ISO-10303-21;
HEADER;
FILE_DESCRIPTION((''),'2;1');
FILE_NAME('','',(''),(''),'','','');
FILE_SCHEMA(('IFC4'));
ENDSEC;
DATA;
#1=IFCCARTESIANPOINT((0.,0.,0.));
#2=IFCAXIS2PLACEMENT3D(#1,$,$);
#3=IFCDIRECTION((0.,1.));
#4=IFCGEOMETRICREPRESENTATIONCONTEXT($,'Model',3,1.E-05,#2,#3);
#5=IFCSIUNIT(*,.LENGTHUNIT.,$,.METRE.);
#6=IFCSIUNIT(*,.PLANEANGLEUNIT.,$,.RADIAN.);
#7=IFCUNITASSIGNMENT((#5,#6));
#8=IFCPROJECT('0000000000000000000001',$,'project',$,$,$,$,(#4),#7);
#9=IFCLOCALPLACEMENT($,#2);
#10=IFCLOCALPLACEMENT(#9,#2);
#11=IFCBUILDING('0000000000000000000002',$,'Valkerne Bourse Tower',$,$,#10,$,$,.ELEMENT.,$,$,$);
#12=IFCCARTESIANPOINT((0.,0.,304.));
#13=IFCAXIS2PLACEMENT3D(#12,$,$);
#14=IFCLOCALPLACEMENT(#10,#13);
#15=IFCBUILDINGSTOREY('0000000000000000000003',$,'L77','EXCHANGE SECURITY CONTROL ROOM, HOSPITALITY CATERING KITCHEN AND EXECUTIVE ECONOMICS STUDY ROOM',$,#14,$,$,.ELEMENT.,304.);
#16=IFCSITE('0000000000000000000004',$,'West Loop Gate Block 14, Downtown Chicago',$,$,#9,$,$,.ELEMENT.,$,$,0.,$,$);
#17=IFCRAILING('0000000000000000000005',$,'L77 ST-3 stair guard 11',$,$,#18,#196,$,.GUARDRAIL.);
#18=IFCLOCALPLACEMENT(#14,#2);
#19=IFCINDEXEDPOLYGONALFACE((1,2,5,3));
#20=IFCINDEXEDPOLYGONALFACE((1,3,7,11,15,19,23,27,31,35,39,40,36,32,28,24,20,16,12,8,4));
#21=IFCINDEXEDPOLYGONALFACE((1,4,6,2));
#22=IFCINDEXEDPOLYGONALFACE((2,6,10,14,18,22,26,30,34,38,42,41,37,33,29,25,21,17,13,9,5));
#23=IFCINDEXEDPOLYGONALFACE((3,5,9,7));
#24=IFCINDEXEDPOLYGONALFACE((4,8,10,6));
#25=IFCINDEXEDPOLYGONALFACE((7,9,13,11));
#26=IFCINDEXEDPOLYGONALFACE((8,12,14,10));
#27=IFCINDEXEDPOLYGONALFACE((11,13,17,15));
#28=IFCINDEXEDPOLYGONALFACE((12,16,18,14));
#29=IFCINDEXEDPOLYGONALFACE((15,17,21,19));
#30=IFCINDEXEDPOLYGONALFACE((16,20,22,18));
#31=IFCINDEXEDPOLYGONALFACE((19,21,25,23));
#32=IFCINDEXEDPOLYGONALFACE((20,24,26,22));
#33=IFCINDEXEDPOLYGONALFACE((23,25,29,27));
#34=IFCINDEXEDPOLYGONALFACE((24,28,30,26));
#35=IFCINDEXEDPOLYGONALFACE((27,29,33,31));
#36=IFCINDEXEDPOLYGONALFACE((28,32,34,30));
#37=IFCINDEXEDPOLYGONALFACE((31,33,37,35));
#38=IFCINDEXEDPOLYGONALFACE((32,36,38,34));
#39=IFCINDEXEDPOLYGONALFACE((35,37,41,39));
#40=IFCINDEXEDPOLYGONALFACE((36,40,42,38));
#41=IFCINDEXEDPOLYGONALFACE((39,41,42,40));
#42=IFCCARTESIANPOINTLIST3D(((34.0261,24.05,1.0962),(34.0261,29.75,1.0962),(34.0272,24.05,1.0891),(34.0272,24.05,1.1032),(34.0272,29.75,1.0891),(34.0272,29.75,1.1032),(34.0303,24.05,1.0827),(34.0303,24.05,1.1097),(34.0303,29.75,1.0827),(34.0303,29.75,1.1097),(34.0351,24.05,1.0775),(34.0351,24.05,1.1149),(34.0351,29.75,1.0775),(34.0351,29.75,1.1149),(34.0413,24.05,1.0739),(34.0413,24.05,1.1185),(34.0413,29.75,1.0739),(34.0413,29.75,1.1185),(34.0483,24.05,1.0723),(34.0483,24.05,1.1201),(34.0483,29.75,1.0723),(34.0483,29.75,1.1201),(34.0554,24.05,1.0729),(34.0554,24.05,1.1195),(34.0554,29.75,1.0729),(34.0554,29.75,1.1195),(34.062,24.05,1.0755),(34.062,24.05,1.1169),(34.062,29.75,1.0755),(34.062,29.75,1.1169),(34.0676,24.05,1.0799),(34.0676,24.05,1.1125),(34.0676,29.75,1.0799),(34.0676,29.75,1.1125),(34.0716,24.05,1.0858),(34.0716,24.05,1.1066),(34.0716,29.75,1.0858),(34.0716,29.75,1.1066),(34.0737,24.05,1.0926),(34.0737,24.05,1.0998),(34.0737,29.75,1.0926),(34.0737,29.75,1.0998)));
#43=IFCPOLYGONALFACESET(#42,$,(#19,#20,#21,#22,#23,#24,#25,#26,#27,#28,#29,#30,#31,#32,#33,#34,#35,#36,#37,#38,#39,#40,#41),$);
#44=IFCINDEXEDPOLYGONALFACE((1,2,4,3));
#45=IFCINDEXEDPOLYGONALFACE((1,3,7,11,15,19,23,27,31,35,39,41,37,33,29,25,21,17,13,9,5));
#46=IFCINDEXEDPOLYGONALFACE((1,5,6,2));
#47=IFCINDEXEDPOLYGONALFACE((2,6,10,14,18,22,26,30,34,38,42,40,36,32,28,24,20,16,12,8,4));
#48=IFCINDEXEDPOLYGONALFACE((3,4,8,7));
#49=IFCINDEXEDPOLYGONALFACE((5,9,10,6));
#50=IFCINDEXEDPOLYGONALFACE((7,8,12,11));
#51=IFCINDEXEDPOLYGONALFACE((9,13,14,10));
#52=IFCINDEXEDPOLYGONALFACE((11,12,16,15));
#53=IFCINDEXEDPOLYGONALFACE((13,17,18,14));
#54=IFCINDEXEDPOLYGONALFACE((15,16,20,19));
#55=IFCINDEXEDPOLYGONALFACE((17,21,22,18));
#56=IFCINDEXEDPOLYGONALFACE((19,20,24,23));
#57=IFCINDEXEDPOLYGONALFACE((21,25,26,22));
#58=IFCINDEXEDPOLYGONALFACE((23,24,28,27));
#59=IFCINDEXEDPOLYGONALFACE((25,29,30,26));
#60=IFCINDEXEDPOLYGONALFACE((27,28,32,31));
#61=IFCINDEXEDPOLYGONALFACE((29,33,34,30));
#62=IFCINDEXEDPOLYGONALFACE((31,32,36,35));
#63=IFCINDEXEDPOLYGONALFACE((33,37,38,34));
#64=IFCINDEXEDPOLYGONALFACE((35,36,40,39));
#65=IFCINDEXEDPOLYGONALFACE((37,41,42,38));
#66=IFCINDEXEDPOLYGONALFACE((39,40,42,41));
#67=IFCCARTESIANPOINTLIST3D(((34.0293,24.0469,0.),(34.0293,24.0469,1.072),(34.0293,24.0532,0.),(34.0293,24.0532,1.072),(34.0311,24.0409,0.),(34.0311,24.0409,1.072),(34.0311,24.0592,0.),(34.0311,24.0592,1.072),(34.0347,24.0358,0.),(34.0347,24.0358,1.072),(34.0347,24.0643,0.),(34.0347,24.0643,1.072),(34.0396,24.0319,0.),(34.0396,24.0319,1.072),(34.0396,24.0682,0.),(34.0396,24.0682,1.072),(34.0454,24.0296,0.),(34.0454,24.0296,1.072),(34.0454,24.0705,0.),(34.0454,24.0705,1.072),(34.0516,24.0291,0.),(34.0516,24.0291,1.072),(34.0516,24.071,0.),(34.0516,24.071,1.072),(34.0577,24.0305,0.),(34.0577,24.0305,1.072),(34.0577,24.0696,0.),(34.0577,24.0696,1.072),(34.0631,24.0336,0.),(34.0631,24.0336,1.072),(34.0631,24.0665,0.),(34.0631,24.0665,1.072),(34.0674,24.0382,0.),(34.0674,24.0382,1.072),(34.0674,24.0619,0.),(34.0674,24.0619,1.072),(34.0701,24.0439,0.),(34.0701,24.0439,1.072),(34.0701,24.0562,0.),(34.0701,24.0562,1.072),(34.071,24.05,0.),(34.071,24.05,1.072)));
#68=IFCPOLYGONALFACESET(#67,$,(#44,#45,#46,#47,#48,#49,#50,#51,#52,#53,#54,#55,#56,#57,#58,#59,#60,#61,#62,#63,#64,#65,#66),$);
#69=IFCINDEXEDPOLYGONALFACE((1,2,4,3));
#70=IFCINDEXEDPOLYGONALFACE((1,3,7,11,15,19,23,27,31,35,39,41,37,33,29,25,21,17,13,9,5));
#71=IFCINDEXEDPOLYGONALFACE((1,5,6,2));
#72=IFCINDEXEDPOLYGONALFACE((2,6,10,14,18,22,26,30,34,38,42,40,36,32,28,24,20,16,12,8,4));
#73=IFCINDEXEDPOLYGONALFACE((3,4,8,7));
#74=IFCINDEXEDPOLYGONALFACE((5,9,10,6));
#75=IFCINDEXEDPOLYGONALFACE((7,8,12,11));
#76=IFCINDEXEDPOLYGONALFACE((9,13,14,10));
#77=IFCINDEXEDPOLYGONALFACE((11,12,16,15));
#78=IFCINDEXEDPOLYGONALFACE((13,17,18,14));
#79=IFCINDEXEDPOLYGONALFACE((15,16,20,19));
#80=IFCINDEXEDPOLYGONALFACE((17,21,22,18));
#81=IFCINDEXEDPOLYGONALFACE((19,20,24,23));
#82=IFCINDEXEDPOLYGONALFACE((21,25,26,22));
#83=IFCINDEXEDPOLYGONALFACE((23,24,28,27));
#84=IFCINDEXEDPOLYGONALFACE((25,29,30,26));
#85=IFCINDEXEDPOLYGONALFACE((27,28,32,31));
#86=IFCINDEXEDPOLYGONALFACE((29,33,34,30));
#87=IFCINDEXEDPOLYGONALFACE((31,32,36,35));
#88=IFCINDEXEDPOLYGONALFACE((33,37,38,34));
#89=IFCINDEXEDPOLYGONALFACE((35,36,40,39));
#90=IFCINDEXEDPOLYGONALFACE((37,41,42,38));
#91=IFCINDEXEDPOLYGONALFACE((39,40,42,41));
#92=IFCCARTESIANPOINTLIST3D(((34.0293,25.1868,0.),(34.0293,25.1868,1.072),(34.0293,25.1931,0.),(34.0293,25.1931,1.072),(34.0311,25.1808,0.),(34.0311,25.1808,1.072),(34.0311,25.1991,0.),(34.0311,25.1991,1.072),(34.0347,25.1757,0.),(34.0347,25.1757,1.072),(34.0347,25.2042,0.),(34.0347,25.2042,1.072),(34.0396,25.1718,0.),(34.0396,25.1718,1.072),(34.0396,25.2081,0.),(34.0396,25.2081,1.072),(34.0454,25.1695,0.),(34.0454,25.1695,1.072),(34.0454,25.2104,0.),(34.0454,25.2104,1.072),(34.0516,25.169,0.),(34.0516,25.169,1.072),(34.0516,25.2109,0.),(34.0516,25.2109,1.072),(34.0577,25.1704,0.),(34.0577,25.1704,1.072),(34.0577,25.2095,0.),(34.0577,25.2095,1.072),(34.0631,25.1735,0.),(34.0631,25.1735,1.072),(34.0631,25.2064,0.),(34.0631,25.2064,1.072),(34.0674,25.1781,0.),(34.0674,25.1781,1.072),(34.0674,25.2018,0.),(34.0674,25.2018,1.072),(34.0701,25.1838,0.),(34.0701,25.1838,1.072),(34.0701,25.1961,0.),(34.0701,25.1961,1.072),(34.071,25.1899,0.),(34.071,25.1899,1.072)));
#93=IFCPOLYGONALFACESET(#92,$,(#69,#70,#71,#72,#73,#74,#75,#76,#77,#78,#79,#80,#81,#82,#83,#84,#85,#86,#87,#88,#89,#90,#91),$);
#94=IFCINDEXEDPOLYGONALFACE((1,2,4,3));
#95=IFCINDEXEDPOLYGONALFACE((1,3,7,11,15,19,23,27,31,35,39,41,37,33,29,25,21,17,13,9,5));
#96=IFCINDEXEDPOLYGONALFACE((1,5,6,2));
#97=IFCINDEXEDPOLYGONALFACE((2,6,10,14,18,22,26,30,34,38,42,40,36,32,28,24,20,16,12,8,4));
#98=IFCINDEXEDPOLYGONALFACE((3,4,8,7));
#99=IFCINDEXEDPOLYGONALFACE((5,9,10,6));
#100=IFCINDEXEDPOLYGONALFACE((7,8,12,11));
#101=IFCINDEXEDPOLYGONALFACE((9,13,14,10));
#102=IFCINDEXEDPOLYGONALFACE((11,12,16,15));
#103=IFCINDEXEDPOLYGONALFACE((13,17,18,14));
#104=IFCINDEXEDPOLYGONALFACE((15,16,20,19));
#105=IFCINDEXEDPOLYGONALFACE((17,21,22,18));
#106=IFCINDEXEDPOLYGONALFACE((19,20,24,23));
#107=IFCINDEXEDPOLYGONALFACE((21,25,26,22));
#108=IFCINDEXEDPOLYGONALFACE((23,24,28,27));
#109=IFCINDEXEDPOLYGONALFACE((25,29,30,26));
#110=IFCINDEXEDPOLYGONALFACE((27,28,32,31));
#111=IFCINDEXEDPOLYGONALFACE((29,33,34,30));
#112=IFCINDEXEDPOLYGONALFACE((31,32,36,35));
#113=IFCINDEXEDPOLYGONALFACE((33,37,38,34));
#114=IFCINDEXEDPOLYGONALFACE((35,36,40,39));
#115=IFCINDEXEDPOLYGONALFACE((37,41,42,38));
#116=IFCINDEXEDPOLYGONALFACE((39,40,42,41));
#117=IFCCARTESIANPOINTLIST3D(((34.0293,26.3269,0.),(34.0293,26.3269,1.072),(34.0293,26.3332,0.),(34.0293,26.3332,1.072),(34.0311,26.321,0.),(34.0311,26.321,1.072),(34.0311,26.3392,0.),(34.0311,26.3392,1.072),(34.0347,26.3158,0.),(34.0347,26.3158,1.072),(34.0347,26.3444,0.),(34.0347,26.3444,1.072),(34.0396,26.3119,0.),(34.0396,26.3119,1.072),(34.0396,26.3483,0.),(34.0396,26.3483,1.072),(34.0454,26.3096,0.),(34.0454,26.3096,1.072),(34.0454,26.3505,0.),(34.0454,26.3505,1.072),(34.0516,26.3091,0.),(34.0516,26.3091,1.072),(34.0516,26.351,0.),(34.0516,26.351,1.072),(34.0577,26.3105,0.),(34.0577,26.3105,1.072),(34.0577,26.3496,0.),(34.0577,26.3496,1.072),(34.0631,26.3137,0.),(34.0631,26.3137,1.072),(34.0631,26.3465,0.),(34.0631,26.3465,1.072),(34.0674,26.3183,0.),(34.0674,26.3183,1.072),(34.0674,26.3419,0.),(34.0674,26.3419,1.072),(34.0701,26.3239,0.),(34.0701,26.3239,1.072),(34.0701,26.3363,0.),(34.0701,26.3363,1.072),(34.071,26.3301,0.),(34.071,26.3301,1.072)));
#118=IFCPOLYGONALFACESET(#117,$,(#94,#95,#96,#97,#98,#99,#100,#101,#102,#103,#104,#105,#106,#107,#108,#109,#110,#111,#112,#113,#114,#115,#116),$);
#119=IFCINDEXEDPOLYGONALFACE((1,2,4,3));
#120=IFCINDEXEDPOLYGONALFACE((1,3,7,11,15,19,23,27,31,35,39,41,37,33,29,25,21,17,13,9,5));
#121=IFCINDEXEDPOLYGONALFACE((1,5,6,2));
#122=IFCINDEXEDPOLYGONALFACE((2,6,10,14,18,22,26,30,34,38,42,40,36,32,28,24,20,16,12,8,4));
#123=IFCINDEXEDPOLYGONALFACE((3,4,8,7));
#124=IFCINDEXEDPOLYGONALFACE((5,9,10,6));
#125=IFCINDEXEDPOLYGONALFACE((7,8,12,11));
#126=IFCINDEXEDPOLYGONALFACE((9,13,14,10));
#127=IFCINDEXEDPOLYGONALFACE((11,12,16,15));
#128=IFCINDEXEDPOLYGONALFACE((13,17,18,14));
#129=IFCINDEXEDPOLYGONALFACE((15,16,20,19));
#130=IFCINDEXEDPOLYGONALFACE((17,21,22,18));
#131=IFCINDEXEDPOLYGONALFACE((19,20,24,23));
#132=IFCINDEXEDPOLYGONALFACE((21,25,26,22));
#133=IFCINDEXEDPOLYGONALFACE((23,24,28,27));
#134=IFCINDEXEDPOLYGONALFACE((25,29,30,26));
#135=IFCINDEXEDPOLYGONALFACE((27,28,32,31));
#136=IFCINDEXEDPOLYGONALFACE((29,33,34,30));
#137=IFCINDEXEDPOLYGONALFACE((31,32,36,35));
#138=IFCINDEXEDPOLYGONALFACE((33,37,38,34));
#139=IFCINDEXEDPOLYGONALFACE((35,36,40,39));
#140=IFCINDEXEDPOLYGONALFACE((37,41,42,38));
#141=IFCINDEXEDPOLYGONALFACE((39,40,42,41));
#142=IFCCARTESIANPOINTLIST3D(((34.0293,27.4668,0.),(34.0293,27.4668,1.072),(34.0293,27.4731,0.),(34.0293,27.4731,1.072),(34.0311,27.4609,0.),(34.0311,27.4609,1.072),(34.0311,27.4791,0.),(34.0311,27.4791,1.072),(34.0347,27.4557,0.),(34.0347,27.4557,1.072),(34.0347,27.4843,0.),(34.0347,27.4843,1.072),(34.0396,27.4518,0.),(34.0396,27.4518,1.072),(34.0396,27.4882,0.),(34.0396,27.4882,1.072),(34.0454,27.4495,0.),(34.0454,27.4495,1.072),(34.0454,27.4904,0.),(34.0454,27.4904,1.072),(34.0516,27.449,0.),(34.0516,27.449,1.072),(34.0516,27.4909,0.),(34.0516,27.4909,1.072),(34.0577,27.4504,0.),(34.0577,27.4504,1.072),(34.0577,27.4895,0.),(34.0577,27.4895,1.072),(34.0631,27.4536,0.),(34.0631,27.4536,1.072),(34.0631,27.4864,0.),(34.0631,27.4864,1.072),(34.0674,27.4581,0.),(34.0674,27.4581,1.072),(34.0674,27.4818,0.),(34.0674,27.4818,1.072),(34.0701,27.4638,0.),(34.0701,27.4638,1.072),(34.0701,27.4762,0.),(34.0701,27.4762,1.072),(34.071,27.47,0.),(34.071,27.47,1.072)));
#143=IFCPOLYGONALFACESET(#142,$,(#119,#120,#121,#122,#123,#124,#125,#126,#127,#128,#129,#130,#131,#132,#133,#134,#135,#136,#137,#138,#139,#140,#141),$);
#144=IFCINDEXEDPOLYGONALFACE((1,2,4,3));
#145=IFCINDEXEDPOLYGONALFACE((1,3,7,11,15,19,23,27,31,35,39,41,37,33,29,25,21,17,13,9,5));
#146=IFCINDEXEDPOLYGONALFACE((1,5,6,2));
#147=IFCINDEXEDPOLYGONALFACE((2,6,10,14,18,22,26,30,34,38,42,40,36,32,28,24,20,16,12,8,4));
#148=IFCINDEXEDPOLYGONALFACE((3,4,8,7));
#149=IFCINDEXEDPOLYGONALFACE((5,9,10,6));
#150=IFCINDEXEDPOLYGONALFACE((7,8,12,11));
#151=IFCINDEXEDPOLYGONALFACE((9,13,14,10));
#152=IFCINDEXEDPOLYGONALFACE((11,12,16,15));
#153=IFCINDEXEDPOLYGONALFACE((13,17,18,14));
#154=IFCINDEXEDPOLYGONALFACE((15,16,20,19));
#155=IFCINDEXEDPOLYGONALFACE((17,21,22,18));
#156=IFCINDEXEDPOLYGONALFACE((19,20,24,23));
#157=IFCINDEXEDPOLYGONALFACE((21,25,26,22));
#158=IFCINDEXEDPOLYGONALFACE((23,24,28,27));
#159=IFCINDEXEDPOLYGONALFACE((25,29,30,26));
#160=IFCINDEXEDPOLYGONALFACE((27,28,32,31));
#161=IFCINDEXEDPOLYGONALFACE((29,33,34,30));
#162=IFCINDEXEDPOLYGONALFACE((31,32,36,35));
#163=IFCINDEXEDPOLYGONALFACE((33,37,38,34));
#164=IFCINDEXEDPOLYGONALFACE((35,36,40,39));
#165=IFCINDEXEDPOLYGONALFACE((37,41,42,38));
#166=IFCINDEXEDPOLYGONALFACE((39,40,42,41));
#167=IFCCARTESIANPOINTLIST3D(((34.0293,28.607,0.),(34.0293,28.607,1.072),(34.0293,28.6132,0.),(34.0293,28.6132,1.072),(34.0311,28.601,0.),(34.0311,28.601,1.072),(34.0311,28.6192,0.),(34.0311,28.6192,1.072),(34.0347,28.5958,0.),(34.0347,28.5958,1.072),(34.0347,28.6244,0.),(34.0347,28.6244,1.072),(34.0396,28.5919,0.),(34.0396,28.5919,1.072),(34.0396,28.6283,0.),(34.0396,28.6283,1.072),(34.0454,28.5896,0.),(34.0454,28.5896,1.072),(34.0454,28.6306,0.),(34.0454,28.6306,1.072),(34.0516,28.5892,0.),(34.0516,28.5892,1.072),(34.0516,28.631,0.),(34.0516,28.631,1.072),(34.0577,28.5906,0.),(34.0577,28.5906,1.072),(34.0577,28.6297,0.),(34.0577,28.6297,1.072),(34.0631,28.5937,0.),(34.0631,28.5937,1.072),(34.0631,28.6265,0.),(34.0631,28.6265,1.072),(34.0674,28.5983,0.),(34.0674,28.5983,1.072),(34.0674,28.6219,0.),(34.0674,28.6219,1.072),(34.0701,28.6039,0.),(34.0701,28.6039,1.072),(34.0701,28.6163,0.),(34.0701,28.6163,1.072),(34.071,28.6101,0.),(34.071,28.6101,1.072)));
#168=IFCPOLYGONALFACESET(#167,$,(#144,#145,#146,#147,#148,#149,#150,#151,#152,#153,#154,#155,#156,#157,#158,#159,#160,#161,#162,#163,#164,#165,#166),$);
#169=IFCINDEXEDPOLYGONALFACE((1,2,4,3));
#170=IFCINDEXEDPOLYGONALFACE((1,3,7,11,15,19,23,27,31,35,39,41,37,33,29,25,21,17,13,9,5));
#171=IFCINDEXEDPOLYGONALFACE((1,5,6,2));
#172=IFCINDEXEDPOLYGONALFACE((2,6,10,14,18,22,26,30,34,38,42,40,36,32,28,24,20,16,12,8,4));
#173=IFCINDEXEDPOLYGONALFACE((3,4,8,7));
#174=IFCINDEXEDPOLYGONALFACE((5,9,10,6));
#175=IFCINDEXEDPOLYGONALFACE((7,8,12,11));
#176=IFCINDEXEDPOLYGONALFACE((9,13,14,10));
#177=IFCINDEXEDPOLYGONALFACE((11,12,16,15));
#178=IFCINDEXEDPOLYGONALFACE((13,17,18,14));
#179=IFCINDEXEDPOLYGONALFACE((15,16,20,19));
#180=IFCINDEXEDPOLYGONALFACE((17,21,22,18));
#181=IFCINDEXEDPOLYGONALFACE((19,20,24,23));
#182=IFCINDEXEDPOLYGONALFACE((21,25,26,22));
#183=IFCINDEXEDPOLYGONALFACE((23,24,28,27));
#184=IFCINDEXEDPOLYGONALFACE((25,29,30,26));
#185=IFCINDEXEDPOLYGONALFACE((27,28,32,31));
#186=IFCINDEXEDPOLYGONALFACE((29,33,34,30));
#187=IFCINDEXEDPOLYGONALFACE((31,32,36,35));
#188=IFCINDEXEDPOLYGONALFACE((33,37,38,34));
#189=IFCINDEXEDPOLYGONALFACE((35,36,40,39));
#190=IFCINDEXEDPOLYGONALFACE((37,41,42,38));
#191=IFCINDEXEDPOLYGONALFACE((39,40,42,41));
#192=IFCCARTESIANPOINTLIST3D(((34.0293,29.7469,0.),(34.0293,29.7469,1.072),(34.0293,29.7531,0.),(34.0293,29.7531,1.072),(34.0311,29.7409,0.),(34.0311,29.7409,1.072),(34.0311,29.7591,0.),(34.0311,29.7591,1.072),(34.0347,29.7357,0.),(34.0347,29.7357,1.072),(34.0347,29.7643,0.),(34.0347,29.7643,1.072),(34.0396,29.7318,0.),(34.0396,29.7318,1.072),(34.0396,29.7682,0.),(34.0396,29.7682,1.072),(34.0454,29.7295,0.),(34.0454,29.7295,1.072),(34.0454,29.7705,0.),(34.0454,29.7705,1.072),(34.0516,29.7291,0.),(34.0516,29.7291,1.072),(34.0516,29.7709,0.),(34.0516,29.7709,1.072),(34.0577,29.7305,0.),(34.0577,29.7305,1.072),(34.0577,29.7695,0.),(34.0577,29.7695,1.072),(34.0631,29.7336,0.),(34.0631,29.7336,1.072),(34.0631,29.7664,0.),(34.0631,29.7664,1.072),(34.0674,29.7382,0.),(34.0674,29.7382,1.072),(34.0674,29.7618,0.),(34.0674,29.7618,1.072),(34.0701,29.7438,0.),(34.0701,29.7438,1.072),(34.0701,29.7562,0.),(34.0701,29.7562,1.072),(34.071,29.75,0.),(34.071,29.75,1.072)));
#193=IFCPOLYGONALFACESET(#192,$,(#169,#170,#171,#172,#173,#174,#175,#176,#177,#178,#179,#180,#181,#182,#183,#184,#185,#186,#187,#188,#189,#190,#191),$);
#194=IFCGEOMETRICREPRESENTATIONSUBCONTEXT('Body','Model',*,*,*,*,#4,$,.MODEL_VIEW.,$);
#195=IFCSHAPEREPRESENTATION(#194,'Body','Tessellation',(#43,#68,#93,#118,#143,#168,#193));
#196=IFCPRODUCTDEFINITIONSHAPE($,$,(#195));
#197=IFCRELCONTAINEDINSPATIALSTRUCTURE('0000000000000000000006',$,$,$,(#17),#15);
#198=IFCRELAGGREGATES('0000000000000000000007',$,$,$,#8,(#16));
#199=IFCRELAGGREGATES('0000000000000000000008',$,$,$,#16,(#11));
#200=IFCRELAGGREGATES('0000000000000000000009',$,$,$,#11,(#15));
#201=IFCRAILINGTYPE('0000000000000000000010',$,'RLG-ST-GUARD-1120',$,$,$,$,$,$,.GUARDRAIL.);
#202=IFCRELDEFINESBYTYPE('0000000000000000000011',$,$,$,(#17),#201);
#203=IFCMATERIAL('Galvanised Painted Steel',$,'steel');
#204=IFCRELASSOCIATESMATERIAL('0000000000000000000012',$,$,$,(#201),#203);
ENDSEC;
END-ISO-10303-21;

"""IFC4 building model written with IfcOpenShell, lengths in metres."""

from ifc_helpers import new_model, si_unit, direction, frame, origin, origin_2d, place, context, subcontext, project, spatial, circle, extrude, material, type_object, element, save


model = new_model("IFC4")

# Units and contexts
model_context = context("Model", 3, precision=1e-05, world=origin(), true_north=direction((0.0, 1.0)))
body_context = subcontext(model_context, "Body", "Model", "MODEL_VIEW")
ifc_project = project(units=[si_unit("LENGTHUNIT", "METRE"), si_unit("PLANEANGLEUNIT", "RADIAN")], contexts=[model_context])

# Site, building, storey
site_placement = place(None, origin())
site = spatial("IfcSite", under=ifc_project, at=site_placement, Name="West Loop Gate Block 14, Downtown Chicago", CompositionType="ELEMENT", RefElevation=0.0)
building_placement = place(site_placement, origin())
building = spatial("IfcBuilding", under=site, at=building_placement, Name="Valkerne Bourse Tower", CompositionType="ELEMENT")
storey_placement = place(building_placement, frame((0.0, 0.0, 304.0)))
storey = spatial("IfcBuildingStorey", under=building, at=storey_placement, Name="L77", Description="EXCHANGE SECURITY CONTROL ROOM, HOSPITALITY CATERING KITCHEN AND EXECUTIVE ECONOMICS STUDY ROOM", CompositionType="ELEMENT", Elevation=304.0)

# Shared definitions
ifc_material_1 = material(Name="Galvanised Painted Steel", Category="steel")

# Railing
railing_type = type_object("IfcRailingType", Name="RLG-ST-GUARD-1120", PredefinedType="GUARDRAIL", material=ifc_material_1)
railing_1_placement = place(storey_placement, frame((34.05, 24.05, 0.0)))
element("IfcRailing", 1, at=railing_1_placement, inside=storey, type_object=railing_type, Name="L77 ST-3 stair guard 11", PredefinedType="GUARDRAIL", context=body_context, shape_type="SweptSolid", body=[
    extrude(circle(Radius=0.0239, at=origin_2d()), frame((0.0, 0.0, 1.0962), z_axis=(0.0, 1.0, 0.0), x_axis=(-1.0, 0.0, 0.0)), (0.0, 0.0, 1.0), 5.7),
    extrude(circle(Radius=0.021, at=origin_2d()), origin(), (0.0, 0.0, 1.0), 1.072),
    extrude(circle(Radius=0.021, at=origin_2d()), frame((0.0, 1.1399, 0.0)), (0.0, 0.0, 1.0), 1.072),
    extrude(circle(Radius=0.021, at=origin_2d()), frame((0.0, 2.28, 0.0)), (0.0, 0.0, 1.0), 1.072),
    extrude(circle(Radius=0.021, at=origin_2d()), frame((0.0, 3.4199, 0.0)), (0.0, 0.0, 1.0), 1.072),
    extrude(circle(Radius=0.021, at=origin_2d()), frame((0.0, 4.5601, 0.0)), (0.0, 0.0, 1.0), 1.072),
    extrude(circle(Radius=0.021, at=origin_2d()), frame((0.0, 5.7, 0.0)), (0.0, 0.0, 1.0), 1.072),
])

save(model, "model.ifc")
